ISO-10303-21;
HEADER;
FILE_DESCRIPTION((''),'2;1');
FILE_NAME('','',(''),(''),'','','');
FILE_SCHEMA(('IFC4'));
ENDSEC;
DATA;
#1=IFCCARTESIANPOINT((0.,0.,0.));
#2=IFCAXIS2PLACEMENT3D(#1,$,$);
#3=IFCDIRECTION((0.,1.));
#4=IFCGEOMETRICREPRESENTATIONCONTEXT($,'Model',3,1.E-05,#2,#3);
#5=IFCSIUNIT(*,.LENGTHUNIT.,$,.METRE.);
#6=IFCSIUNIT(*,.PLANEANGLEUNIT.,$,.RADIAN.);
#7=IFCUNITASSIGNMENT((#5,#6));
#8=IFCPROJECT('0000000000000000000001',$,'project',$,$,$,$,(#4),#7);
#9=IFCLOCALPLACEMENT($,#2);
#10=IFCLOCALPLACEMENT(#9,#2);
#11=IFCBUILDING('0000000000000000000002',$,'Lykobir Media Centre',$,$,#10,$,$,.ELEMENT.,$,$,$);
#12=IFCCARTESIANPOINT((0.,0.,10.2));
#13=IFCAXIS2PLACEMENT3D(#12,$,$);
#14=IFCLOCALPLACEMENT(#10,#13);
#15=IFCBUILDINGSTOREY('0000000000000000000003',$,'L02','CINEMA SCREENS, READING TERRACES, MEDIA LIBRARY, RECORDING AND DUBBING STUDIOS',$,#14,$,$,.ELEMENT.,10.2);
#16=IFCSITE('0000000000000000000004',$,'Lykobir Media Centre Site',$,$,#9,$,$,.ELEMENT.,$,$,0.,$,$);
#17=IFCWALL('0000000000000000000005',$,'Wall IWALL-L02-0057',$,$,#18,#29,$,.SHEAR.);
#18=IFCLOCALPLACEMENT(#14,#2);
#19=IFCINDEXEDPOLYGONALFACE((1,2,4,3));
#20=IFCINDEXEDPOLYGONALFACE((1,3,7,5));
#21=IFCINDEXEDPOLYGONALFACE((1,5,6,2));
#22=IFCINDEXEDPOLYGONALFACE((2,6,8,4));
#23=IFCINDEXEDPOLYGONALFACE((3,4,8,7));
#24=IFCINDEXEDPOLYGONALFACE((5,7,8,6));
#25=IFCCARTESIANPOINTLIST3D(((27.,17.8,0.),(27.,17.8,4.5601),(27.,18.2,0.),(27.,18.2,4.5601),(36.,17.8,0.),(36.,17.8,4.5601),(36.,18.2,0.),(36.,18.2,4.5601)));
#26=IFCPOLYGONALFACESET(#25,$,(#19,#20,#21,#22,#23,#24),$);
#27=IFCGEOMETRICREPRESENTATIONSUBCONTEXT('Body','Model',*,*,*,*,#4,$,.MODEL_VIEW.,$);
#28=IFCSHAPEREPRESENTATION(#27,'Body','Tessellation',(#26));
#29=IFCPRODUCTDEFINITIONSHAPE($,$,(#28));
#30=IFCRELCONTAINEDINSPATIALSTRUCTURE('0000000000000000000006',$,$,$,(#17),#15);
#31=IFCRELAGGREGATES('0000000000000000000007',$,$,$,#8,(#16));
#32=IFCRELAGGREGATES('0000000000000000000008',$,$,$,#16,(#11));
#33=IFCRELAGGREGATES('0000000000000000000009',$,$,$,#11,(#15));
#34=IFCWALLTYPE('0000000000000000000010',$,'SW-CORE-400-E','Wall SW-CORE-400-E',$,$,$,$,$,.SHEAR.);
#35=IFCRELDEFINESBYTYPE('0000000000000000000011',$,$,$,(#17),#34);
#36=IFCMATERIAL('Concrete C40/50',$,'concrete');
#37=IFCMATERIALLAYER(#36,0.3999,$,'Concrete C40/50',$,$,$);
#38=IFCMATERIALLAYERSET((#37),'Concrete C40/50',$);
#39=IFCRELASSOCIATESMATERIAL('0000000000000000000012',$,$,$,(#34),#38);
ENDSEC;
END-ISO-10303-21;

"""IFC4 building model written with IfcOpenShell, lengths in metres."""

from ifc_helpers import new_model, si_unit, direction, frame, frame_2d, origin, place, context, subcontext, project, spatial, rectangle, extrude, material, layer, layer_set, type_object, element, save


model = new_model("IFC4")

# Units and contexts
model_context = context("Model", 3, precision=1e-05, world=origin(), true_north=direction((0.0, 1.0)))
body_context = subcontext(model_context, "Body", "Model", "MODEL_VIEW")
ifc_project = project(units=[si_unit("LENGTHUNIT", "METRE"), si_unit("PLANEANGLEUNIT", "RADIAN")], contexts=[model_context])

# Site, building, storey
site_placement = place(None, origin())
site = spatial("IfcSite", under=ifc_project, at=site_placement, Name="Lykobir Media Centre Site", CompositionType="ELEMENT", RefElevation=0.0)
building_placement = place(site_placement, origin())
building = spatial("IfcBuilding", under=site, at=building_placement, Name="Lykobir Media Centre", CompositionType="ELEMENT")
storey_placement = place(building_placement, frame((0.0, 0.0, 10.2)))
storey = spatial("IfcBuildingStorey", under=building, at=storey_placement, Name="L02", Description="CINEMA SCREENS, READING TERRACES, MEDIA LIBRARY, RECORDING AND DUBBING STUDIOS", CompositionType="ELEMENT", Elevation=10.2)

# Wall
ifc_material_1 = material(Name="Concrete C40/50", Category="concrete")
ifc_layer_1 = layer(ifc_material_1, 0.3999, Name="Concrete C40/50")
ifc_layer_set_1 = layer_set([ifc_layer_1], Name="Concrete C40/50")
wall_type_1 = type_object("IfcWallType", Name="SW-CORE-400-E", Description="Wall SW-CORE-400-E", PredefinedType="SHEAR", material=ifc_layer_set_1)
wall_1_placement = place(storey_placement, frame((36.0, 18.0, 0.0), z_axis=(0.0, 0.0, 1.0), x_axis=(-1.0, 0.0, 0.0)))
element("IfcWall", 1, at=wall_1_placement, inside=storey, type_object=wall_type_1, Name="Wall IWALL-L02-0057", PredefinedType="SHEAR", context=body_context, shape_type="SweptSolid", body=[
    extrude(rectangle(XDim=9.0, YDim=0.3999, at=frame_2d((4.5, 0.0))), origin(), (0.0, 0.0, 1.0), 4.5601),
])

save(model, "model.ifc")
